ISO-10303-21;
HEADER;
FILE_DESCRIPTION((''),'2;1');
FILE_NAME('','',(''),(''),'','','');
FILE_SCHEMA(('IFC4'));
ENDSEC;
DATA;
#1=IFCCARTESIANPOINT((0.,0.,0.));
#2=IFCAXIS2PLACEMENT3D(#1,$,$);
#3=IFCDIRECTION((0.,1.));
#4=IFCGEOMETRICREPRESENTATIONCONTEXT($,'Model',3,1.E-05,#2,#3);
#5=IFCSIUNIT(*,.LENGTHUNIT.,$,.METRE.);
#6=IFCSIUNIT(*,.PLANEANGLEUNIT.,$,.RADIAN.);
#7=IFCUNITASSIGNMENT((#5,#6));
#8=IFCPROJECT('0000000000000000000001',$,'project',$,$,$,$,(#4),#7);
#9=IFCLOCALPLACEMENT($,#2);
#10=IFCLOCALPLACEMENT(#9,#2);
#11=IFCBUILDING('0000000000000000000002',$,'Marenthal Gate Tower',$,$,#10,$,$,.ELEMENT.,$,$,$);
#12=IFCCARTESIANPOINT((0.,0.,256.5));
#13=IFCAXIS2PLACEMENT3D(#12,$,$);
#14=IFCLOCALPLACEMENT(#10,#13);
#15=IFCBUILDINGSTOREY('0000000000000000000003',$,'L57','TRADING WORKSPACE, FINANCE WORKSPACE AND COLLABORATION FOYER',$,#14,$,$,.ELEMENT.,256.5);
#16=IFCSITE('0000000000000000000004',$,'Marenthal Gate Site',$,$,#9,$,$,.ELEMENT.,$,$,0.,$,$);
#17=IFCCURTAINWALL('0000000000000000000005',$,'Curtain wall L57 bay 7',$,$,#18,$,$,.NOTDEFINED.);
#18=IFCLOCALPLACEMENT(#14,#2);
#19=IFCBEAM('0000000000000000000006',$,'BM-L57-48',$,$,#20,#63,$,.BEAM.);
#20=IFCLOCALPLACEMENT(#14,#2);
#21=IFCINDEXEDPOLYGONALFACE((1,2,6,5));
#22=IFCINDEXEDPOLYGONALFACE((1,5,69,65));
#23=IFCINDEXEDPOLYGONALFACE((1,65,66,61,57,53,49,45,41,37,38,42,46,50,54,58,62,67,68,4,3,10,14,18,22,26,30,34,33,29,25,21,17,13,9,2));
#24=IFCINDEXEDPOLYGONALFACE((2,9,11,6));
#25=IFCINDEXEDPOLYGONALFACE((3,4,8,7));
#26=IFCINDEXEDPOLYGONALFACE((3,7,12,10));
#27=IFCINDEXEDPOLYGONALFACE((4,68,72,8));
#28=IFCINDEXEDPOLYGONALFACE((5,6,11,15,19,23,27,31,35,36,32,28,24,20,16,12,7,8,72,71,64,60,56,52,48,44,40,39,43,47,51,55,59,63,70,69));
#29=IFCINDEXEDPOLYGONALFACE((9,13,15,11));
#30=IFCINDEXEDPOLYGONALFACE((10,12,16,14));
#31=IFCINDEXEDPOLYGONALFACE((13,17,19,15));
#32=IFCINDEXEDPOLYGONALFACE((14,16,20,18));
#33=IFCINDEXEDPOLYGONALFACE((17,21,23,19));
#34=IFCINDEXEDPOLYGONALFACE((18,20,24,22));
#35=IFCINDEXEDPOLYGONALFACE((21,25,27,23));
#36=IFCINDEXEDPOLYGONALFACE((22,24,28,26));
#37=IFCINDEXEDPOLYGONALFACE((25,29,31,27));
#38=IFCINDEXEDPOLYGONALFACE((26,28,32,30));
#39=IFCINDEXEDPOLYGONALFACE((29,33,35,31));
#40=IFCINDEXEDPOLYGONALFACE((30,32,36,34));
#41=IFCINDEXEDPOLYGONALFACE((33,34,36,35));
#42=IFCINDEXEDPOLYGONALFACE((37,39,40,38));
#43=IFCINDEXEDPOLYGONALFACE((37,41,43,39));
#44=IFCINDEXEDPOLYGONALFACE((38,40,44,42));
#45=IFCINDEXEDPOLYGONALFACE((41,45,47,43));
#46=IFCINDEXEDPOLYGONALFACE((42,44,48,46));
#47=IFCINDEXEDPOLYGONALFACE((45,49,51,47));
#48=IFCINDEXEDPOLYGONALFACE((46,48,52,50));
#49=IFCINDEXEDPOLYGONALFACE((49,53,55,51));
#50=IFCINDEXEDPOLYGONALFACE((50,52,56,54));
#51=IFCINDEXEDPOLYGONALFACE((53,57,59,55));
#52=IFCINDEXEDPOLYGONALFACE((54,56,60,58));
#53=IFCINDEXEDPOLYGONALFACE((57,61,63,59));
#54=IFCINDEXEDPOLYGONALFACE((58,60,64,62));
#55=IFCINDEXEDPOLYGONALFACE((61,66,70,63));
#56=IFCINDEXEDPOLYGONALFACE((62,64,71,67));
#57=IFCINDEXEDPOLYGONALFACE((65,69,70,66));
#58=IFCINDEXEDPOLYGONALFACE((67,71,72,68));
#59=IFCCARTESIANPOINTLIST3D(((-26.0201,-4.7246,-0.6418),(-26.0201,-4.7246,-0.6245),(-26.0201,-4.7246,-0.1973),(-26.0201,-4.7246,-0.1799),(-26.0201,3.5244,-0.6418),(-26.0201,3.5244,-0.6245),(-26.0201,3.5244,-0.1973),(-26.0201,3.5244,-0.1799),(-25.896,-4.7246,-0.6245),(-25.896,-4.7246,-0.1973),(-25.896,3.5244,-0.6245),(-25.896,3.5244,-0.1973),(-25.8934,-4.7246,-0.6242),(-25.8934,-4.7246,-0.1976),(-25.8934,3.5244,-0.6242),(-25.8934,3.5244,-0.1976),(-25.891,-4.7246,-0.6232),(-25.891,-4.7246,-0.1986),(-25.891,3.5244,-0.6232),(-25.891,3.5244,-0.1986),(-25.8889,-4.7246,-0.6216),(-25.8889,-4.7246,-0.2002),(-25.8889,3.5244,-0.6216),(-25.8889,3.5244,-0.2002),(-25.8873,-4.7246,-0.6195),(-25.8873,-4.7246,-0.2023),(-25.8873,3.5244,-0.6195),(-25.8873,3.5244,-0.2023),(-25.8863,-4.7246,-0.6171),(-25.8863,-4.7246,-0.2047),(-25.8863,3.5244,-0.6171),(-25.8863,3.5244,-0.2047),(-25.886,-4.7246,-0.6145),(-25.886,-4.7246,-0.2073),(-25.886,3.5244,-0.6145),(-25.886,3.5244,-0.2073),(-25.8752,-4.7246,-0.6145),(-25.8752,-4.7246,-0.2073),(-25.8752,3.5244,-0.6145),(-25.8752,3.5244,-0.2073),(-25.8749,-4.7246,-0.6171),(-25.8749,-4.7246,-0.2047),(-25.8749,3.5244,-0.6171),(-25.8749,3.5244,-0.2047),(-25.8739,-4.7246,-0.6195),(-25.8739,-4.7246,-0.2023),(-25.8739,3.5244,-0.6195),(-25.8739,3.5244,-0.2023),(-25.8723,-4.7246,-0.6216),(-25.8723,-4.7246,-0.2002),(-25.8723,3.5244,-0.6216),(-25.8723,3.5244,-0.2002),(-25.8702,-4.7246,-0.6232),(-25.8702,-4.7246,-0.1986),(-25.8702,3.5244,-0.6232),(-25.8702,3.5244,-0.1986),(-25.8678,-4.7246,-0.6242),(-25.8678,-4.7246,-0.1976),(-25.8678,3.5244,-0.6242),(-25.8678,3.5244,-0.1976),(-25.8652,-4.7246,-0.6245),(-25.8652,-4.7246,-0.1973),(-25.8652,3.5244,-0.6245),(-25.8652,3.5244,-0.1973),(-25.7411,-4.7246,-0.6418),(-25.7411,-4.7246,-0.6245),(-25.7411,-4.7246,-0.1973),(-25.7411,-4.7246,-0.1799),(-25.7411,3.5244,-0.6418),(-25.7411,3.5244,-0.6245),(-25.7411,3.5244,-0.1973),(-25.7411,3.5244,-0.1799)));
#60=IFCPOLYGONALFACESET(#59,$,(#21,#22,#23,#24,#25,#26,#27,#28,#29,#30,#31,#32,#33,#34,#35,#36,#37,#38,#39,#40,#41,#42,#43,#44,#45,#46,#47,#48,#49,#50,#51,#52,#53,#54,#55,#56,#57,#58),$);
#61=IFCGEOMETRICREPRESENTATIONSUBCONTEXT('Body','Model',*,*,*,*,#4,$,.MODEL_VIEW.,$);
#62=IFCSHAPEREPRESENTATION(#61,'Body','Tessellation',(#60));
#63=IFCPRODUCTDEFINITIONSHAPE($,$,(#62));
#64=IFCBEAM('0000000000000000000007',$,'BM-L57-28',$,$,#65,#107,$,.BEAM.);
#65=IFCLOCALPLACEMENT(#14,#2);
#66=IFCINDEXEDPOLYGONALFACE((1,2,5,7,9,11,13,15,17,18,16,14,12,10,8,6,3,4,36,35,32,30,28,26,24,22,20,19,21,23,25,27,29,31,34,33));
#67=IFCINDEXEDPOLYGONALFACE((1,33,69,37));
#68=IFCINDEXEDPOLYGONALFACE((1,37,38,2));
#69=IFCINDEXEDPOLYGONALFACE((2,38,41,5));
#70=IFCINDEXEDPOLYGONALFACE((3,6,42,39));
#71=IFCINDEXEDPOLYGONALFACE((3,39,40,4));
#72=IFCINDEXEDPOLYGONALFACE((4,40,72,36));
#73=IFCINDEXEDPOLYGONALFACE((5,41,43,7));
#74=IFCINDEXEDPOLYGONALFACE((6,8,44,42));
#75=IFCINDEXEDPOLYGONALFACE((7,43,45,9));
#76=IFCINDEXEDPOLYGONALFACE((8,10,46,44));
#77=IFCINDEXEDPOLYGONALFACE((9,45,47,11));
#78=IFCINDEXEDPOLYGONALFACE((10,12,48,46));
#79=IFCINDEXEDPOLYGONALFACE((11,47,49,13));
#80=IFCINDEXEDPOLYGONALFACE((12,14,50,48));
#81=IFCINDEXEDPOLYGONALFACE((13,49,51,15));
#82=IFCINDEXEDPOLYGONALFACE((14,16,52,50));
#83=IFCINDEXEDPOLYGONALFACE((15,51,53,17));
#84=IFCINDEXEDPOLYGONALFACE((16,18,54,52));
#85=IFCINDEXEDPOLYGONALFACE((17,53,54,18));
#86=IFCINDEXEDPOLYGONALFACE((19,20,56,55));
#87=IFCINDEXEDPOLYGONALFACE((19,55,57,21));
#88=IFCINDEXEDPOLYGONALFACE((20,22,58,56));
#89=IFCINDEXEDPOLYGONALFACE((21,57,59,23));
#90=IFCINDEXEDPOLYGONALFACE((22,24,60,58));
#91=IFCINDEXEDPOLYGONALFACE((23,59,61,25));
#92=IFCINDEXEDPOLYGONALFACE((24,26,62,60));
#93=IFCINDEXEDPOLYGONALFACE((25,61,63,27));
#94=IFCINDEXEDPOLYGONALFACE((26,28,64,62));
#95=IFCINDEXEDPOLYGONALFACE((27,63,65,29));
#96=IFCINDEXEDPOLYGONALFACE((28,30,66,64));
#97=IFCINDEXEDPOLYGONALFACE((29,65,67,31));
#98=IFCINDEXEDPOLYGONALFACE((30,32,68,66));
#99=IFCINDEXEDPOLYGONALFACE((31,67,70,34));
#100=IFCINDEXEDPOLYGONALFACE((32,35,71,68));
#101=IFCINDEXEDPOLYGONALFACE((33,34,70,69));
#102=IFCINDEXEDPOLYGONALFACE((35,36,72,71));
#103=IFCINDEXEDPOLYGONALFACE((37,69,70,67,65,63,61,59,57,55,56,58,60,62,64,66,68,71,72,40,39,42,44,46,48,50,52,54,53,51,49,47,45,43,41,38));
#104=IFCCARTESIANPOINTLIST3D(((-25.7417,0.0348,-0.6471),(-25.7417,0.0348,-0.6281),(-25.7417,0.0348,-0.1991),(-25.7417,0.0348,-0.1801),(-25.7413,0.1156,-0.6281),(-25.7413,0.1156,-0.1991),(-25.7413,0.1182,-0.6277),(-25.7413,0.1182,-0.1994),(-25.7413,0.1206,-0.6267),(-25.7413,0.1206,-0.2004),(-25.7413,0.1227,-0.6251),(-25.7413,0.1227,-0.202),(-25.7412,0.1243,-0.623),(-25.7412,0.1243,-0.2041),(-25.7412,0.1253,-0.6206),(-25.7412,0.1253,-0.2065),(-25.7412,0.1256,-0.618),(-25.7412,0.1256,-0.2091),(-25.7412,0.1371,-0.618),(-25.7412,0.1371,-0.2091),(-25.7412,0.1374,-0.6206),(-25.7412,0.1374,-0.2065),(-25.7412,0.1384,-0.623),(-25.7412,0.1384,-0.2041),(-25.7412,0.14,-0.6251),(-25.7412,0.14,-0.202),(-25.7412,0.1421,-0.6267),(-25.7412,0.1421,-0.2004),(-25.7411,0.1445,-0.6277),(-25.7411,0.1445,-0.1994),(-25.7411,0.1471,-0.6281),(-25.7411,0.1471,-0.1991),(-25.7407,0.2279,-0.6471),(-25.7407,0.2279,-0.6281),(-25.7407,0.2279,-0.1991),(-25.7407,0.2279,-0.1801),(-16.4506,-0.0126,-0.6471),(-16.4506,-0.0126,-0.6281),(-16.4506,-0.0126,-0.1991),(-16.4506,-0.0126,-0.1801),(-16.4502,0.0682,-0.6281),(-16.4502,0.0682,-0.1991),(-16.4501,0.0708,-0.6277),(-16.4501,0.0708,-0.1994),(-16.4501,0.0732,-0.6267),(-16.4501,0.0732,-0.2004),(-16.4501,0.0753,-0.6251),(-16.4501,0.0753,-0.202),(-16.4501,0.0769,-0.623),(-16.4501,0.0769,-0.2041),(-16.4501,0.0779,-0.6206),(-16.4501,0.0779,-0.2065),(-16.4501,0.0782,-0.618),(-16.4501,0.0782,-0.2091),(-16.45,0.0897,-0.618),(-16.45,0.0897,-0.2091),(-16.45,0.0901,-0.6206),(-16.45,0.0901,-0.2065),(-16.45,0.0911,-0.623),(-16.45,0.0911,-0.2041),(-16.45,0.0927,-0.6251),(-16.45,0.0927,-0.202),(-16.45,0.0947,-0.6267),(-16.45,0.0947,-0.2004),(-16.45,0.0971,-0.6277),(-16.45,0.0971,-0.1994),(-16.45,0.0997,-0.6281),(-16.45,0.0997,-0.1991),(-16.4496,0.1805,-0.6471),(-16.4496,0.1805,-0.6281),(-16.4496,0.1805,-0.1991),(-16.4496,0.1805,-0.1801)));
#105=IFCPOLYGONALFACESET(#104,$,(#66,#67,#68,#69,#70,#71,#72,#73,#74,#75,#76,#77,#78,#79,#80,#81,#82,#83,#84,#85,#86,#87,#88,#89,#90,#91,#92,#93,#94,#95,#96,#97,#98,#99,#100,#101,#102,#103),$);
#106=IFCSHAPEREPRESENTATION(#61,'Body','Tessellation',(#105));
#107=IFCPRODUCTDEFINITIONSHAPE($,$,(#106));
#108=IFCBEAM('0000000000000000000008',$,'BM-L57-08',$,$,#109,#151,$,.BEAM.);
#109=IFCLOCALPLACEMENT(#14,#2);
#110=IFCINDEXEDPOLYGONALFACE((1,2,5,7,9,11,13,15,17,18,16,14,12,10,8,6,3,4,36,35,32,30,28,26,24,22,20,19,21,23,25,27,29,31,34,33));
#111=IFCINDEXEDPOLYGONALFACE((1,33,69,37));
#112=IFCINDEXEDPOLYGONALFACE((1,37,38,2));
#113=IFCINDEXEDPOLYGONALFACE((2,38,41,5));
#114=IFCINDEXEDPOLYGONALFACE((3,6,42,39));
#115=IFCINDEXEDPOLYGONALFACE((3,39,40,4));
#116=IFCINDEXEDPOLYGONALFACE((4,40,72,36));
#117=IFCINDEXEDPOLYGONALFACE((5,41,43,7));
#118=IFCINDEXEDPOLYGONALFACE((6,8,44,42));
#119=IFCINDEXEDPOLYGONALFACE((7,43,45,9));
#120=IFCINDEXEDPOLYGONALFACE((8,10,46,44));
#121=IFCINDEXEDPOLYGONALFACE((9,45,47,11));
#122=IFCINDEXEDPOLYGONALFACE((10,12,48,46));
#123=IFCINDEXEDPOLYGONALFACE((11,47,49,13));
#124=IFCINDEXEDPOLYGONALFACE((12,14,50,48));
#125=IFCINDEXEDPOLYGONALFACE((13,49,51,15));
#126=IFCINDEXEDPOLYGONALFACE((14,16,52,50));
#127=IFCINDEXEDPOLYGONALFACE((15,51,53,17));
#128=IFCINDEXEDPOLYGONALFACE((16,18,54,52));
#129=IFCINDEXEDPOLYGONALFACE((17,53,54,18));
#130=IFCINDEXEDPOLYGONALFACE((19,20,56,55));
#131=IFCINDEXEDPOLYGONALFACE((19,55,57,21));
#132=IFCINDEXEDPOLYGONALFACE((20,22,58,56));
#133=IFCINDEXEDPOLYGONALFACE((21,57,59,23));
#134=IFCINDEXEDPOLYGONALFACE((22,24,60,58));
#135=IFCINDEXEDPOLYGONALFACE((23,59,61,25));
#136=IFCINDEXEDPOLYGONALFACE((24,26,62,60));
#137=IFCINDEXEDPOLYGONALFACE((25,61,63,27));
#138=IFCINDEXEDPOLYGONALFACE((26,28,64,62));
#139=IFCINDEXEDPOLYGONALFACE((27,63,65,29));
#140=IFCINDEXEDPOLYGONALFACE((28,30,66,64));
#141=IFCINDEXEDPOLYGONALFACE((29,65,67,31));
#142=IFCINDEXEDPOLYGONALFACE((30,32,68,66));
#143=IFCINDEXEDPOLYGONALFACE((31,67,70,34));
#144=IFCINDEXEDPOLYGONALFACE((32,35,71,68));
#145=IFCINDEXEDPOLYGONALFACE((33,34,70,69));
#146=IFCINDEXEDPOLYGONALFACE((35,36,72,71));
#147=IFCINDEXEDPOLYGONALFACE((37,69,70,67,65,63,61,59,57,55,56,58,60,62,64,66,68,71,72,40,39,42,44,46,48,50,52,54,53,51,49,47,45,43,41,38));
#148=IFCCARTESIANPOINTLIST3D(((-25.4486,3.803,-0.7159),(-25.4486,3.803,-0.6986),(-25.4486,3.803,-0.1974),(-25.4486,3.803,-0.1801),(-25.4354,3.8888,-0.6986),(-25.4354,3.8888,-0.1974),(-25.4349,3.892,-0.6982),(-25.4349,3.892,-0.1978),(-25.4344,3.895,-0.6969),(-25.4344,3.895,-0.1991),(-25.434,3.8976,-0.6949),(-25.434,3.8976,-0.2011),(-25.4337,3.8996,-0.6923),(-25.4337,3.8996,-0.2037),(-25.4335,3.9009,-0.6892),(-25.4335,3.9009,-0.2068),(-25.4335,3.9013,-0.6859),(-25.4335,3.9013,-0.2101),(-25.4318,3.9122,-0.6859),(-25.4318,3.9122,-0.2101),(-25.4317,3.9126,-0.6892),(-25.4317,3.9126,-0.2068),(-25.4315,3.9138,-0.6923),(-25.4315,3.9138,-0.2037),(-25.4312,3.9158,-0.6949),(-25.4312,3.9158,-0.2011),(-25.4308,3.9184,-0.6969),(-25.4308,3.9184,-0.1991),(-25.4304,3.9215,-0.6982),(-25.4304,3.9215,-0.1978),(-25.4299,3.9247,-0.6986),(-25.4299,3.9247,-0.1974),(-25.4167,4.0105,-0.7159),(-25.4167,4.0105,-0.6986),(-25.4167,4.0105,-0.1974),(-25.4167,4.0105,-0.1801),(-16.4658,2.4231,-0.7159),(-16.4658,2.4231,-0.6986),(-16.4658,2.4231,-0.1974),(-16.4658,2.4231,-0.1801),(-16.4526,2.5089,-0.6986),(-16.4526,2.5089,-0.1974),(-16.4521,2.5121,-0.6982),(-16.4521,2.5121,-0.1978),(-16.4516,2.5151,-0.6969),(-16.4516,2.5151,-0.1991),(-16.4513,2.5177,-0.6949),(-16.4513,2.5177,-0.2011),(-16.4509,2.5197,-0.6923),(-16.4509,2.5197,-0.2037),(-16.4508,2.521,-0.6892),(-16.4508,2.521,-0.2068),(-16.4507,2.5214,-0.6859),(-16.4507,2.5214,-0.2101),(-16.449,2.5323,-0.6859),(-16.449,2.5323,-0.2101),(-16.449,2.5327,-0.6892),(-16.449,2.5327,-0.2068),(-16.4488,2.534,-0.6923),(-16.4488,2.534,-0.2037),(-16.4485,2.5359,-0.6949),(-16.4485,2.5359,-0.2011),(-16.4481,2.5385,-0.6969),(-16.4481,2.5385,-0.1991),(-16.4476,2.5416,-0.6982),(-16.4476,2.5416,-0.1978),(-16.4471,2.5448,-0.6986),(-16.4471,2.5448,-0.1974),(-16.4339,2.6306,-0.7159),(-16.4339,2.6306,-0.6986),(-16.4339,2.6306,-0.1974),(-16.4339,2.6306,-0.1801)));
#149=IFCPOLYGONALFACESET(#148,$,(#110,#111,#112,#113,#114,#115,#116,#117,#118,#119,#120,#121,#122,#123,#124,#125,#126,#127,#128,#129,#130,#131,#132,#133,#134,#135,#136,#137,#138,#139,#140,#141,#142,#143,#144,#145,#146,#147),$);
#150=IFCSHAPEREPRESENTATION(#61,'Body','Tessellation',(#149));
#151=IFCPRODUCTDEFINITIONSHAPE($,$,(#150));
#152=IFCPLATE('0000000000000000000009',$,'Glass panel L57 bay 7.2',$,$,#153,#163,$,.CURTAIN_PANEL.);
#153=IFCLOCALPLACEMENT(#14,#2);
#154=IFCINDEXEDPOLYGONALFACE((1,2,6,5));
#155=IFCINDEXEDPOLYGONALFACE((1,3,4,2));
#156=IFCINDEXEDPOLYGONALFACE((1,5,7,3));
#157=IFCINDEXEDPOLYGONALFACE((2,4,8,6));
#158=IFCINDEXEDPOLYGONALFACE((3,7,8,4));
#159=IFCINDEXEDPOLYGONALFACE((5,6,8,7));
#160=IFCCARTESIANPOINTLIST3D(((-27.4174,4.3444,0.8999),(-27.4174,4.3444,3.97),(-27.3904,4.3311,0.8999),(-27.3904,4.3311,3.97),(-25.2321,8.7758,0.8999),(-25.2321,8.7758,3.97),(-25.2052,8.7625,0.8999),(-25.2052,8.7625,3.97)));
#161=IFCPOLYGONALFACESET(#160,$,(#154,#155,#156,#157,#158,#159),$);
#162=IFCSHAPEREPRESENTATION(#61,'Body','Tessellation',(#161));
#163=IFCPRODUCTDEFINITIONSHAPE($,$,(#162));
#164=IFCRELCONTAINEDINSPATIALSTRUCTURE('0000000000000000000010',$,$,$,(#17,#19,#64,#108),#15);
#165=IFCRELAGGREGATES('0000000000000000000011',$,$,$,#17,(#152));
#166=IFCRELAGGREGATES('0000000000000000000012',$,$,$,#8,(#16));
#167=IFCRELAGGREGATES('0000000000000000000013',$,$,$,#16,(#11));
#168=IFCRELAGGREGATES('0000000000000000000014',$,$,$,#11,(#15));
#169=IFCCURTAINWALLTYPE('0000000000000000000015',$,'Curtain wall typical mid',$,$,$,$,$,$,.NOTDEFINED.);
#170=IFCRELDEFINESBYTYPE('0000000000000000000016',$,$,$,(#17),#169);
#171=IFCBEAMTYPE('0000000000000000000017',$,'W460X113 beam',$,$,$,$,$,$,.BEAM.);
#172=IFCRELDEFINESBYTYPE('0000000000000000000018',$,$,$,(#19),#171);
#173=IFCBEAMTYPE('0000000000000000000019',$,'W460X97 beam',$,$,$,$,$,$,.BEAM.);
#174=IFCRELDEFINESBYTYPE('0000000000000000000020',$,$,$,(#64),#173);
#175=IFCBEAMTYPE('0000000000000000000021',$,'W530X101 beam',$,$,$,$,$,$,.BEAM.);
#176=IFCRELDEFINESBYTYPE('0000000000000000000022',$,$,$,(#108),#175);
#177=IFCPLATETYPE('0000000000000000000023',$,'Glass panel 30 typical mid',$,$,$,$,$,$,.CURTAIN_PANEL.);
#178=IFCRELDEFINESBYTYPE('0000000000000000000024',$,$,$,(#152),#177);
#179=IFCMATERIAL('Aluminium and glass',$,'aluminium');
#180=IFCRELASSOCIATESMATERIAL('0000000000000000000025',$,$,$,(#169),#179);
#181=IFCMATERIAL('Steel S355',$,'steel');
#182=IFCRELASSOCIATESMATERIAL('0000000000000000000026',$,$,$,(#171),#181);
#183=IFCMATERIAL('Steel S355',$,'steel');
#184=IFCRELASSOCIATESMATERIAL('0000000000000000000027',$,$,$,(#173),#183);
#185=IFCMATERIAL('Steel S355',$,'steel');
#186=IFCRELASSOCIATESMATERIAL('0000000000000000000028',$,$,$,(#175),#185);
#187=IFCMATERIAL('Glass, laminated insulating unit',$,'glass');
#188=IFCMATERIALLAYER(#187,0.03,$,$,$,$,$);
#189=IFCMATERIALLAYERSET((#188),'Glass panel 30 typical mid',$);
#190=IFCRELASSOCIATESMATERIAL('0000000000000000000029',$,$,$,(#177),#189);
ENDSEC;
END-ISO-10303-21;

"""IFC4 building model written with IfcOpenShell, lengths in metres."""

from ifc_helpers import new_model, si_unit, direction, frame, origin, origin_2d, place, context, subcontext, project, spatial, rectangle, i_section, extrude, material, layer, layer_set, material_profile, profile_set, type_object, element, aggregate, save


model = new_model("IFC4")

# Units and contexts
model_context = context("Model", 3, precision=1e-05, world=origin(), true_north=direction((0.0, 1.0)))
body_context = subcontext(model_context, "Body", "Model", "MODEL_VIEW")
ifc_project = project(units=[si_unit("LENGTHUNIT", "METRE"), si_unit("PLANEANGLEUNIT", "RADIAN")], contexts=[model_context])

# Site, building, storey
site_placement = place(None, origin())
site = spatial("IfcSite", under=ifc_project, at=site_placement, Name="Marenthal Gate Site", CompositionType="ELEMENT", RefElevation=0.0)
building_placement = place(site_placement, origin())
building = spatial("IfcBuilding", under=site, at=building_placement, Name="Marenthal Gate Tower", CompositionType="ELEMENT")
storey_placement = place(building_placement, frame((0.0, 0.0, 256.5)))
storey = spatial("IfcBuildingStorey", under=building, at=storey_placement, Name="L57", Description="TRADING WORKSPACE, FINANCE WORKSPACE AND COLLABORATION FOYER", CompositionType="ELEMENT", Elevation=256.5)

# Curtain wall
ifc_material_1 = material(Name="Aluminium and glass", Category="aluminium")
curtain_wall_type = type_object("IfcCurtainWallType", Name="Curtain wall typical mid", PredefinedType="NOTDEFINED", material=ifc_material_1)
curtain_wall_placement = place(storey_placement, origin())
curtain_wall = element("IfcCurtainWall", 1, at=curtain_wall_placement, inside=storey, type_object=curtain_wall_type, Name="Curtain wall L57 bay 7", PredefinedType="NOTDEFINED")

# Beams
ifc_material_2 = material(Name="Steel S355", Category="steel")
ifc_material_profile_1 = material_profile(ifc_material_2, i_section(OverallWidth=0.2791, OverallDepth=0.4619, WebThickness=0.0107, FlangeThickness=0.0173, FilletRadius=0.01, at=origin_2d()), Name="W460X113")
ifc_profile_set_1 = profile_set([ifc_material_profile_1], Name="Steel S355")
beam_type_1 = type_object("IfcBeamType", Name="W460X113 beam", PredefinedType="BEAM", material=ifc_profile_set_1)
beam_1_placement = place(storey_placement, frame((-25.8806, 3.5244, -0.4109), z_axis=(0.0, -1.0, 0.0), x_axis=(1.0, 0.0, 0.0)))
element("IfcBeam", 2, at=beam_1_placement, inside=storey, type_object=beam_type_1, Name="BM-L57-48", PredefinedType="BEAM", context=body_context, shape_type="SweptSolid", body=[
    extrude(i_section(OverallWidth=0.2791, OverallDepth=0.4619, WebThickness=0.0107, FlangeThickness=0.0173, FilletRadius=0.01, at=origin_2d()), origin(), (0.0, 0.0, 1.0), 8.249),
])
ifc_material_3 = material(Name="Steel S355", Category="steel")
ifc_material_profile_2 = material_profile(ifc_material_3, i_section(OverallWidth=0.1931, OverallDepth=0.467, WebThickness=0.0115, FlangeThickness=0.019, FilletRadius=0.01, at=origin_2d()), Name="W460X97")
ifc_profile_set_2 = profile_set([ifc_material_profile_2], Name="Steel S355")
beam_type_2 = type_object("IfcBeamType", Name="W460X97 beam", PredefinedType="BEAM", material=ifc_profile_set_2)
beam_2_placement = place(storey_placement, frame((-25.7412, 0.1313, -0.4136), z_axis=(0.999987, -0.005098, 0.0), x_axis=(0.005098, 0.999987, 0.0)))
element("IfcBeam", 3, at=beam_2_placement, inside=storey, type_object=beam_type_2, Name="BM-L57-28", PredefinedType="BEAM", context=body_context, shape_type="SweptSolid", body=[
    extrude(i_section(OverallWidth=0.1931, OverallDepth=0.467, WebThickness=0.0115, FlangeThickness=0.019, FilletRadius=0.01, at=origin_2d()), origin(), (0.0, 0.0, 1.0), 9.2913),
])
ifc_material_4 = material(Name="Steel S355", Category="steel")
ifc_material_profile_3 = material_profile(ifc_material_4, i_section(OverallWidth=0.21, OverallDepth=0.5359, WebThickness=0.011, FlangeThickness=0.0173, FilletRadius=0.0127, at=origin_2d()), Name="W530X101")
ifc_profile_set_3 = profile_set([ifc_material_profile_3], Name="Steel S355")
beam_type_3 = type_object("IfcBeamType", Name="W530X101 beam", PredefinedType="BEAM", material=ifc_profile_set_3)
beam_3_placement = place(storey_placement, frame((-25.4326, 3.9067, -0.448), z_axis=(0.988406, -0.151835, 0.0), x_axis=(0.151835, 0.988406, 0.0)))
element("IfcBeam", 4, at=beam_3_placement, inside=storey, type_object=beam_type_3, Name="BM-L57-08", PredefinedType="BEAM", context=body_context, shape_type="SweptSolid", body=[
    extrude(i_section(OverallWidth=0.21, OverallDepth=0.5359, WebThickness=0.011, FlangeThickness=0.0173, FilletRadius=0.0127, at=origin_2d()), origin(), (0.0, 0.0, 1.0), 9.0881),
])

# Plate
ifc_material_5 = material(Name="Glass, laminated insulating unit", Category="glass")
ifc_layer_1 = layer(ifc_material_5, 0.03)
ifc_layer_set_1 = layer_set([ifc_layer_1], Name="Glass panel 30 typical mid")
plate_type = type_object("IfcPlateType", Name="Glass panel 30 typical mid", PredefinedType="CURTAIN_PANEL", material=ifc_layer_set_1)
plate_placement = place(storey_placement, frame((-26.3113, 6.5535, 0.8999), z_axis=(0.0, 0.0, 1.0), x_axis=(-0.442269, -0.896882, 0.0)))
plate = element("IfcPlate", 5, at=plate_placement, type_object=plate_type, Name="Glass panel L57 bay 7.2", PredefinedType="CURTAIN_PANEL", context=body_context, shape_type="SweptSolid", body=[
    extrude(rectangle(XDim=4.9409, YDim=0.03, at=origin_2d()), origin(), (0.0, 0.0, 1.0), 3.0701),
])
aggregate(curtain_wall, [plate])

save(model, "model.ifc")
